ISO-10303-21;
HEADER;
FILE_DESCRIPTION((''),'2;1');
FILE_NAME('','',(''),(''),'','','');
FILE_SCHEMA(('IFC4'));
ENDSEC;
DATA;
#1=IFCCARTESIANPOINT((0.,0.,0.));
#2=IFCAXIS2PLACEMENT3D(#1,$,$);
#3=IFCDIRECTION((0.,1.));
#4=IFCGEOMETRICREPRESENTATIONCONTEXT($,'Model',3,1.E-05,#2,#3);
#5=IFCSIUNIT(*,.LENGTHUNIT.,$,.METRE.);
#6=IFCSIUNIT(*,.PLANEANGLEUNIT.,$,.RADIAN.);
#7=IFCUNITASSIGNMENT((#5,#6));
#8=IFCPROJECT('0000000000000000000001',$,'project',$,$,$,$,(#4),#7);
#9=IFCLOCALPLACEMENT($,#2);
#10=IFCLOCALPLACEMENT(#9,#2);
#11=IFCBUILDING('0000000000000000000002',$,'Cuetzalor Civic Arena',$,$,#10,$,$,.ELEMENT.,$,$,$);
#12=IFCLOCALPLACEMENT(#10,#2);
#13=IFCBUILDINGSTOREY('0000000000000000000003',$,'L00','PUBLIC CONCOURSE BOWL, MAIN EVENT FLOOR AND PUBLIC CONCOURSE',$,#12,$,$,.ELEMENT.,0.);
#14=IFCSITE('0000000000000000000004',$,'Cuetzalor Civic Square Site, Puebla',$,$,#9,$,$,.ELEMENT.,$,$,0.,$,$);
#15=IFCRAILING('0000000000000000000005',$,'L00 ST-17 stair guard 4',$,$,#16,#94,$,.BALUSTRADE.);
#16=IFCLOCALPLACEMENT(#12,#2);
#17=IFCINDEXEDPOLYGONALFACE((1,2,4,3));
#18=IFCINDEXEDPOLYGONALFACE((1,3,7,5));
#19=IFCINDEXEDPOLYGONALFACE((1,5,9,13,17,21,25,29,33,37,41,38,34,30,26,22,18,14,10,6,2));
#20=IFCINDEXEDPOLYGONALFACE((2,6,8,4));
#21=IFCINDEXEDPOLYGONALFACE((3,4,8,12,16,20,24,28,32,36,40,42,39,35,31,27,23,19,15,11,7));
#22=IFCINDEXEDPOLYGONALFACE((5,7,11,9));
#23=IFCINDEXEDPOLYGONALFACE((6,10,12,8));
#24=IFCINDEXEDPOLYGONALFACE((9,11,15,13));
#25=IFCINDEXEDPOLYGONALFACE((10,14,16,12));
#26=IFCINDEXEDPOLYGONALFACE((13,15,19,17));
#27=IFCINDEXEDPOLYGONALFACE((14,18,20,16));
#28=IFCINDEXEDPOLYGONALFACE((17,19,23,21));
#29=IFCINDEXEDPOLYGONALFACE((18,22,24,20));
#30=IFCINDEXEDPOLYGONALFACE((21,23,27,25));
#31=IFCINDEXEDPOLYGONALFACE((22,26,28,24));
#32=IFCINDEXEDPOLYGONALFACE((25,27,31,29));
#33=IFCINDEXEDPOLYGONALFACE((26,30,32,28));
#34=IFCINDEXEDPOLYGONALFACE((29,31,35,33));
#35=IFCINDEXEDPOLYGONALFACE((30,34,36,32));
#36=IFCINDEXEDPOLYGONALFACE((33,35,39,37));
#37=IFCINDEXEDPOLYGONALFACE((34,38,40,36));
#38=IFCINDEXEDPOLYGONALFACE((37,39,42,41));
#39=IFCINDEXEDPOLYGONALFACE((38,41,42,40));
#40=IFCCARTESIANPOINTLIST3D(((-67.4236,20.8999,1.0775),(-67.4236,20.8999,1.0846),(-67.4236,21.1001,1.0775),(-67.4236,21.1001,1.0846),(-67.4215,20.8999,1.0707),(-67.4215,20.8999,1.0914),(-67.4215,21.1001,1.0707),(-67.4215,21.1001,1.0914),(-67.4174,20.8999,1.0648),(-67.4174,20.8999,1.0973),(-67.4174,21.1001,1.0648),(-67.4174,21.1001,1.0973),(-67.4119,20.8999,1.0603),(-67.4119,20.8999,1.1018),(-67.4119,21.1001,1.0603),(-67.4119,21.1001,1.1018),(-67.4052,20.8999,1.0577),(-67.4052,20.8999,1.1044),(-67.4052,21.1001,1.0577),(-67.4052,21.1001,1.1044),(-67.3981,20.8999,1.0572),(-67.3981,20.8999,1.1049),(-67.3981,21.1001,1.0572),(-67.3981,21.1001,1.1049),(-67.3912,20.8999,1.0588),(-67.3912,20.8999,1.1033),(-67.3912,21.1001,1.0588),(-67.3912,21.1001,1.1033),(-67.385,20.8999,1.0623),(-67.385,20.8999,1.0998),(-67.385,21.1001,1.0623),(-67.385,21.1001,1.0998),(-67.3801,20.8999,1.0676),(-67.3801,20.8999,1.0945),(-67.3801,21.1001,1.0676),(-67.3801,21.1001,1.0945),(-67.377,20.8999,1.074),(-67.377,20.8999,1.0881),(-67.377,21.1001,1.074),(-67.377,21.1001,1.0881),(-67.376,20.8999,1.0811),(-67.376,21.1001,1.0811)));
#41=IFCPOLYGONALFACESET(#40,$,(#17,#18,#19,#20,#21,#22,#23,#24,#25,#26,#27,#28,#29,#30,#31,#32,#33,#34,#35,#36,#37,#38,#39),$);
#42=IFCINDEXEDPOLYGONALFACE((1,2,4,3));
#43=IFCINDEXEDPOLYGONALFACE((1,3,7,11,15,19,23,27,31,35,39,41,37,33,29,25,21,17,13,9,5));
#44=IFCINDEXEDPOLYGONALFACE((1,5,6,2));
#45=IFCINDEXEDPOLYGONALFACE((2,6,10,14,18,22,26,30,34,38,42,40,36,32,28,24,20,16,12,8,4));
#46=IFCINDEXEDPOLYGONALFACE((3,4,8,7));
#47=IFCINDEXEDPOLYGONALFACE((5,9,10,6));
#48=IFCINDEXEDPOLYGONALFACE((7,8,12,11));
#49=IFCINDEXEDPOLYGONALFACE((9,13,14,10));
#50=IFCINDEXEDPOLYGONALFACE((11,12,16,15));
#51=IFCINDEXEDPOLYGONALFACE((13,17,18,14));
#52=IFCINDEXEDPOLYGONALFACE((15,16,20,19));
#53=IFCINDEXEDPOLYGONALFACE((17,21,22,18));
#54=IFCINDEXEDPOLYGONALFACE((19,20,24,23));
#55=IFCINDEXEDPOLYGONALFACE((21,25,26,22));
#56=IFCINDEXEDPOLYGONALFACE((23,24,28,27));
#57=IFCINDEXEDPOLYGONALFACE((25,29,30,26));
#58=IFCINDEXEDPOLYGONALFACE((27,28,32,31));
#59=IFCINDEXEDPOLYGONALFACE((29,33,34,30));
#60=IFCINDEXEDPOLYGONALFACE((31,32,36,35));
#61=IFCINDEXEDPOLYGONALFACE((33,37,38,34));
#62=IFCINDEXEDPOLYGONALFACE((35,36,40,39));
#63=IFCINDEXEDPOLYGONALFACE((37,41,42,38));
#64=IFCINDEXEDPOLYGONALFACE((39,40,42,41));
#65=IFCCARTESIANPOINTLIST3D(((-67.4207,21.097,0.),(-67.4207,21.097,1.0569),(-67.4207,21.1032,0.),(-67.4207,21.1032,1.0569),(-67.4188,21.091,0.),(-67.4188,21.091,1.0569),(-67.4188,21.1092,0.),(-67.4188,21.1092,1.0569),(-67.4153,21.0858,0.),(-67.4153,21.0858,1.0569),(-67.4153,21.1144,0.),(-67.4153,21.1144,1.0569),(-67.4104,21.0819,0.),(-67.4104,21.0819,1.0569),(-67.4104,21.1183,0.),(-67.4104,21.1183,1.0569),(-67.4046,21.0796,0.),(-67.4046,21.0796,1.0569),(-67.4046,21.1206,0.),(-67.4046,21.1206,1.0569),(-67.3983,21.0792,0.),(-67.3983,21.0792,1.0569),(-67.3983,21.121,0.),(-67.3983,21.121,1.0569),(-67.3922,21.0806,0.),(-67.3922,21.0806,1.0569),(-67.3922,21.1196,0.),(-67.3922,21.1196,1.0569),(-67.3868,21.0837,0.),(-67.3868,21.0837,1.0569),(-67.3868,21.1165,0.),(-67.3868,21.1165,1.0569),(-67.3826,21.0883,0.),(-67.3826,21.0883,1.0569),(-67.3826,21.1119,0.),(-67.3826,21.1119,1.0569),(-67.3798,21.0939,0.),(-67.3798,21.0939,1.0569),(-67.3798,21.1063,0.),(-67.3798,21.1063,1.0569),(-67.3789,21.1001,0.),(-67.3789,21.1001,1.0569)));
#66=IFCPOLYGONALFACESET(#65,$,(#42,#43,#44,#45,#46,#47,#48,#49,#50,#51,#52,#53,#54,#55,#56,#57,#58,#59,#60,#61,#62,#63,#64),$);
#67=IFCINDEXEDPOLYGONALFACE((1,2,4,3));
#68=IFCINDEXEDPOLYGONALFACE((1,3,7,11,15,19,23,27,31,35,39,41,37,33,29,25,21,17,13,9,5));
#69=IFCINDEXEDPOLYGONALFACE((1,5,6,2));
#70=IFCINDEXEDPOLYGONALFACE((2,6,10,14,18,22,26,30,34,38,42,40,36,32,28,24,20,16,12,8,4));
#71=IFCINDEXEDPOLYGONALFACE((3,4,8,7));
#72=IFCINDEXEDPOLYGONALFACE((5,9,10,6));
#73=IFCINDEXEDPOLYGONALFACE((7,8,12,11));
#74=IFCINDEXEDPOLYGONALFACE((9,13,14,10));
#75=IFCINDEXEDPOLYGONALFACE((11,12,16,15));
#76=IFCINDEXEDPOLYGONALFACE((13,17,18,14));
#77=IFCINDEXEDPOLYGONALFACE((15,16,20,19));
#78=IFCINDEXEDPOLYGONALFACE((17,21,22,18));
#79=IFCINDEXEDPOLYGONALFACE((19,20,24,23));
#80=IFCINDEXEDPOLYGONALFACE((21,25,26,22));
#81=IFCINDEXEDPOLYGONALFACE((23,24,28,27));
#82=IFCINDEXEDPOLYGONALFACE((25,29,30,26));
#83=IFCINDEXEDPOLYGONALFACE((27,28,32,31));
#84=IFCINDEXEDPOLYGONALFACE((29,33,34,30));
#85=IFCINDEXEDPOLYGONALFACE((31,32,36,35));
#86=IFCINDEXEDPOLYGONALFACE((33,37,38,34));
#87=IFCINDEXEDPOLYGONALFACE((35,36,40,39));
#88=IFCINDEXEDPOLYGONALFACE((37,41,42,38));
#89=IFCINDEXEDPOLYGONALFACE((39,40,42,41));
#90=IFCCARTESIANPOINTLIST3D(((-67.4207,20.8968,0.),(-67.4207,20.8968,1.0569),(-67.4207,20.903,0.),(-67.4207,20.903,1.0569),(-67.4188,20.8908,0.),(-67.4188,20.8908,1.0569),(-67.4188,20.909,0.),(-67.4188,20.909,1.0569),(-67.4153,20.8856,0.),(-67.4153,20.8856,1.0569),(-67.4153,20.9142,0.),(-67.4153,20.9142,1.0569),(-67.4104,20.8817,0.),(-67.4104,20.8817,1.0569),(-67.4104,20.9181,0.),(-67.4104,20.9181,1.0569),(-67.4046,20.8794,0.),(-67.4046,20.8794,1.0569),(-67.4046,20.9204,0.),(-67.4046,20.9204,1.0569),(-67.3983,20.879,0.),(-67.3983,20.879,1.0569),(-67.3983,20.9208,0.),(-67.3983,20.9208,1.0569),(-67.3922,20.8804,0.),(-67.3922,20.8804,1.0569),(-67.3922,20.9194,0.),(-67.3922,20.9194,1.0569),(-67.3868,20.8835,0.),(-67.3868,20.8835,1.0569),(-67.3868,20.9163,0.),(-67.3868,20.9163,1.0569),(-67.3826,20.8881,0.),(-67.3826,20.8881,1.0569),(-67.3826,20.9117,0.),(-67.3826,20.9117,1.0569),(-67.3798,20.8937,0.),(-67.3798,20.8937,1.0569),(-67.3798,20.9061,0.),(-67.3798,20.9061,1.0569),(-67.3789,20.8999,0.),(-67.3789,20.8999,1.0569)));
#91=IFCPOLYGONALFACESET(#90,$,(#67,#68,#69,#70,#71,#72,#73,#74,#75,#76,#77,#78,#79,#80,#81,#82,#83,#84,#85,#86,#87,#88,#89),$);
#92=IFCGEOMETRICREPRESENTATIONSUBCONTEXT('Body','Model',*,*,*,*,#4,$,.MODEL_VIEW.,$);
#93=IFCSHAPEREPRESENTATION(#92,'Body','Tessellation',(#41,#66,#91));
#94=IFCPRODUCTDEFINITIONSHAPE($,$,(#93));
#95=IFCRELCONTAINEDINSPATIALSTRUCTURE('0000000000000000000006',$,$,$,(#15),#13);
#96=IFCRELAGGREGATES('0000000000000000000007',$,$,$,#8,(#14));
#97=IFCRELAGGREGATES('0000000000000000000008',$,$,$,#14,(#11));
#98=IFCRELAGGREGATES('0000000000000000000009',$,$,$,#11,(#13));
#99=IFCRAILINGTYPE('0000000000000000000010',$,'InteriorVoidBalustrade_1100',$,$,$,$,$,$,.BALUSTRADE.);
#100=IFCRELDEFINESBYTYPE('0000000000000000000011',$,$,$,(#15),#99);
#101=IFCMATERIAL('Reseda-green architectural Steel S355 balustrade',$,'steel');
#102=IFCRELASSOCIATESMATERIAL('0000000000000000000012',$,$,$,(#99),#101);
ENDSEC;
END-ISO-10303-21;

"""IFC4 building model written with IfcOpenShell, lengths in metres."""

from ifc_helpers import new_model, si_unit, direction, frame, origin, origin_2d, place, context, subcontext, project, spatial, circle, extrude, material, type_object, element, save


model = new_model("IFC4")

# Units and contexts
model_context = context("Model", 3, precision=1e-05, world=origin(), true_north=direction((0.0, 1.0)))
body_context = subcontext(model_context, "Body", "Model", "MODEL_VIEW")
ifc_project = project(units=[si_unit("LENGTHUNIT", "METRE"), si_unit("PLANEANGLEUNIT", "RADIAN")], contexts=[model_context])

# Site, building, storey
site_placement = place(None, origin())
site = spatial("IfcSite", under=ifc_project, at=site_placement, Name="Cuetzalor Civic Square Site, Puebla", CompositionType="ELEMENT", RefElevation=0.0)
building_placement = place(site_placement, origin())
building = spatial("IfcBuilding", under=site, at=building_placement, Name="Cuetzalor Civic Arena", CompositionType="ELEMENT")
storey_placement = place(building_placement, origin())
storey = spatial("IfcBuildingStorey", under=building, at=storey_placement, Name="L00", Description="PUBLIC CONCOURSE BOWL, MAIN EVENT FLOOR AND PUBLIC CONCOURSE", CompositionType="ELEMENT", Elevation=0.0)

# Railing
ifc_material_1 = material(Name="Reseda-green architectural Steel S355 balustrade", Category="steel")
railing_type_1 = type_object("IfcRailingType", Name="InteriorVoidBalustrade_1100", PredefinedType="BALUSTRADE", material=ifc_material_1)
railing_1_placement = place(storey_placement, frame((-67.3999, 21.1001, 0.0)))
element("IfcRailing", 1, at=railing_1_placement, inside=storey, type_object=railing_type_1, Name="L00 ST-17 stair guard 4", PredefinedType="BALUSTRADE", context=body_context, shape_type="SweptSolid", body=[
    extrude(circle(Radius=0.0239, at=origin_2d()), frame((0.0, 0.0, 1.0811), z_axis=(0.0, -1.0, 0.0), x_axis=(1.0, 0.0, 0.0)), (0.0, 0.0, 1.0), 0.2002),
    extrude(circle(Radius=0.021, at=origin_2d()), origin(), (0.0, 0.0, 1.0), 1.0569),
    extrude(circle(Radius=0.021, at=origin_2d()), frame((0.0, -0.2002, 0.0)), (0.0, 0.0, 1.0), 1.0569),
])

save(model, "model.ifc")
